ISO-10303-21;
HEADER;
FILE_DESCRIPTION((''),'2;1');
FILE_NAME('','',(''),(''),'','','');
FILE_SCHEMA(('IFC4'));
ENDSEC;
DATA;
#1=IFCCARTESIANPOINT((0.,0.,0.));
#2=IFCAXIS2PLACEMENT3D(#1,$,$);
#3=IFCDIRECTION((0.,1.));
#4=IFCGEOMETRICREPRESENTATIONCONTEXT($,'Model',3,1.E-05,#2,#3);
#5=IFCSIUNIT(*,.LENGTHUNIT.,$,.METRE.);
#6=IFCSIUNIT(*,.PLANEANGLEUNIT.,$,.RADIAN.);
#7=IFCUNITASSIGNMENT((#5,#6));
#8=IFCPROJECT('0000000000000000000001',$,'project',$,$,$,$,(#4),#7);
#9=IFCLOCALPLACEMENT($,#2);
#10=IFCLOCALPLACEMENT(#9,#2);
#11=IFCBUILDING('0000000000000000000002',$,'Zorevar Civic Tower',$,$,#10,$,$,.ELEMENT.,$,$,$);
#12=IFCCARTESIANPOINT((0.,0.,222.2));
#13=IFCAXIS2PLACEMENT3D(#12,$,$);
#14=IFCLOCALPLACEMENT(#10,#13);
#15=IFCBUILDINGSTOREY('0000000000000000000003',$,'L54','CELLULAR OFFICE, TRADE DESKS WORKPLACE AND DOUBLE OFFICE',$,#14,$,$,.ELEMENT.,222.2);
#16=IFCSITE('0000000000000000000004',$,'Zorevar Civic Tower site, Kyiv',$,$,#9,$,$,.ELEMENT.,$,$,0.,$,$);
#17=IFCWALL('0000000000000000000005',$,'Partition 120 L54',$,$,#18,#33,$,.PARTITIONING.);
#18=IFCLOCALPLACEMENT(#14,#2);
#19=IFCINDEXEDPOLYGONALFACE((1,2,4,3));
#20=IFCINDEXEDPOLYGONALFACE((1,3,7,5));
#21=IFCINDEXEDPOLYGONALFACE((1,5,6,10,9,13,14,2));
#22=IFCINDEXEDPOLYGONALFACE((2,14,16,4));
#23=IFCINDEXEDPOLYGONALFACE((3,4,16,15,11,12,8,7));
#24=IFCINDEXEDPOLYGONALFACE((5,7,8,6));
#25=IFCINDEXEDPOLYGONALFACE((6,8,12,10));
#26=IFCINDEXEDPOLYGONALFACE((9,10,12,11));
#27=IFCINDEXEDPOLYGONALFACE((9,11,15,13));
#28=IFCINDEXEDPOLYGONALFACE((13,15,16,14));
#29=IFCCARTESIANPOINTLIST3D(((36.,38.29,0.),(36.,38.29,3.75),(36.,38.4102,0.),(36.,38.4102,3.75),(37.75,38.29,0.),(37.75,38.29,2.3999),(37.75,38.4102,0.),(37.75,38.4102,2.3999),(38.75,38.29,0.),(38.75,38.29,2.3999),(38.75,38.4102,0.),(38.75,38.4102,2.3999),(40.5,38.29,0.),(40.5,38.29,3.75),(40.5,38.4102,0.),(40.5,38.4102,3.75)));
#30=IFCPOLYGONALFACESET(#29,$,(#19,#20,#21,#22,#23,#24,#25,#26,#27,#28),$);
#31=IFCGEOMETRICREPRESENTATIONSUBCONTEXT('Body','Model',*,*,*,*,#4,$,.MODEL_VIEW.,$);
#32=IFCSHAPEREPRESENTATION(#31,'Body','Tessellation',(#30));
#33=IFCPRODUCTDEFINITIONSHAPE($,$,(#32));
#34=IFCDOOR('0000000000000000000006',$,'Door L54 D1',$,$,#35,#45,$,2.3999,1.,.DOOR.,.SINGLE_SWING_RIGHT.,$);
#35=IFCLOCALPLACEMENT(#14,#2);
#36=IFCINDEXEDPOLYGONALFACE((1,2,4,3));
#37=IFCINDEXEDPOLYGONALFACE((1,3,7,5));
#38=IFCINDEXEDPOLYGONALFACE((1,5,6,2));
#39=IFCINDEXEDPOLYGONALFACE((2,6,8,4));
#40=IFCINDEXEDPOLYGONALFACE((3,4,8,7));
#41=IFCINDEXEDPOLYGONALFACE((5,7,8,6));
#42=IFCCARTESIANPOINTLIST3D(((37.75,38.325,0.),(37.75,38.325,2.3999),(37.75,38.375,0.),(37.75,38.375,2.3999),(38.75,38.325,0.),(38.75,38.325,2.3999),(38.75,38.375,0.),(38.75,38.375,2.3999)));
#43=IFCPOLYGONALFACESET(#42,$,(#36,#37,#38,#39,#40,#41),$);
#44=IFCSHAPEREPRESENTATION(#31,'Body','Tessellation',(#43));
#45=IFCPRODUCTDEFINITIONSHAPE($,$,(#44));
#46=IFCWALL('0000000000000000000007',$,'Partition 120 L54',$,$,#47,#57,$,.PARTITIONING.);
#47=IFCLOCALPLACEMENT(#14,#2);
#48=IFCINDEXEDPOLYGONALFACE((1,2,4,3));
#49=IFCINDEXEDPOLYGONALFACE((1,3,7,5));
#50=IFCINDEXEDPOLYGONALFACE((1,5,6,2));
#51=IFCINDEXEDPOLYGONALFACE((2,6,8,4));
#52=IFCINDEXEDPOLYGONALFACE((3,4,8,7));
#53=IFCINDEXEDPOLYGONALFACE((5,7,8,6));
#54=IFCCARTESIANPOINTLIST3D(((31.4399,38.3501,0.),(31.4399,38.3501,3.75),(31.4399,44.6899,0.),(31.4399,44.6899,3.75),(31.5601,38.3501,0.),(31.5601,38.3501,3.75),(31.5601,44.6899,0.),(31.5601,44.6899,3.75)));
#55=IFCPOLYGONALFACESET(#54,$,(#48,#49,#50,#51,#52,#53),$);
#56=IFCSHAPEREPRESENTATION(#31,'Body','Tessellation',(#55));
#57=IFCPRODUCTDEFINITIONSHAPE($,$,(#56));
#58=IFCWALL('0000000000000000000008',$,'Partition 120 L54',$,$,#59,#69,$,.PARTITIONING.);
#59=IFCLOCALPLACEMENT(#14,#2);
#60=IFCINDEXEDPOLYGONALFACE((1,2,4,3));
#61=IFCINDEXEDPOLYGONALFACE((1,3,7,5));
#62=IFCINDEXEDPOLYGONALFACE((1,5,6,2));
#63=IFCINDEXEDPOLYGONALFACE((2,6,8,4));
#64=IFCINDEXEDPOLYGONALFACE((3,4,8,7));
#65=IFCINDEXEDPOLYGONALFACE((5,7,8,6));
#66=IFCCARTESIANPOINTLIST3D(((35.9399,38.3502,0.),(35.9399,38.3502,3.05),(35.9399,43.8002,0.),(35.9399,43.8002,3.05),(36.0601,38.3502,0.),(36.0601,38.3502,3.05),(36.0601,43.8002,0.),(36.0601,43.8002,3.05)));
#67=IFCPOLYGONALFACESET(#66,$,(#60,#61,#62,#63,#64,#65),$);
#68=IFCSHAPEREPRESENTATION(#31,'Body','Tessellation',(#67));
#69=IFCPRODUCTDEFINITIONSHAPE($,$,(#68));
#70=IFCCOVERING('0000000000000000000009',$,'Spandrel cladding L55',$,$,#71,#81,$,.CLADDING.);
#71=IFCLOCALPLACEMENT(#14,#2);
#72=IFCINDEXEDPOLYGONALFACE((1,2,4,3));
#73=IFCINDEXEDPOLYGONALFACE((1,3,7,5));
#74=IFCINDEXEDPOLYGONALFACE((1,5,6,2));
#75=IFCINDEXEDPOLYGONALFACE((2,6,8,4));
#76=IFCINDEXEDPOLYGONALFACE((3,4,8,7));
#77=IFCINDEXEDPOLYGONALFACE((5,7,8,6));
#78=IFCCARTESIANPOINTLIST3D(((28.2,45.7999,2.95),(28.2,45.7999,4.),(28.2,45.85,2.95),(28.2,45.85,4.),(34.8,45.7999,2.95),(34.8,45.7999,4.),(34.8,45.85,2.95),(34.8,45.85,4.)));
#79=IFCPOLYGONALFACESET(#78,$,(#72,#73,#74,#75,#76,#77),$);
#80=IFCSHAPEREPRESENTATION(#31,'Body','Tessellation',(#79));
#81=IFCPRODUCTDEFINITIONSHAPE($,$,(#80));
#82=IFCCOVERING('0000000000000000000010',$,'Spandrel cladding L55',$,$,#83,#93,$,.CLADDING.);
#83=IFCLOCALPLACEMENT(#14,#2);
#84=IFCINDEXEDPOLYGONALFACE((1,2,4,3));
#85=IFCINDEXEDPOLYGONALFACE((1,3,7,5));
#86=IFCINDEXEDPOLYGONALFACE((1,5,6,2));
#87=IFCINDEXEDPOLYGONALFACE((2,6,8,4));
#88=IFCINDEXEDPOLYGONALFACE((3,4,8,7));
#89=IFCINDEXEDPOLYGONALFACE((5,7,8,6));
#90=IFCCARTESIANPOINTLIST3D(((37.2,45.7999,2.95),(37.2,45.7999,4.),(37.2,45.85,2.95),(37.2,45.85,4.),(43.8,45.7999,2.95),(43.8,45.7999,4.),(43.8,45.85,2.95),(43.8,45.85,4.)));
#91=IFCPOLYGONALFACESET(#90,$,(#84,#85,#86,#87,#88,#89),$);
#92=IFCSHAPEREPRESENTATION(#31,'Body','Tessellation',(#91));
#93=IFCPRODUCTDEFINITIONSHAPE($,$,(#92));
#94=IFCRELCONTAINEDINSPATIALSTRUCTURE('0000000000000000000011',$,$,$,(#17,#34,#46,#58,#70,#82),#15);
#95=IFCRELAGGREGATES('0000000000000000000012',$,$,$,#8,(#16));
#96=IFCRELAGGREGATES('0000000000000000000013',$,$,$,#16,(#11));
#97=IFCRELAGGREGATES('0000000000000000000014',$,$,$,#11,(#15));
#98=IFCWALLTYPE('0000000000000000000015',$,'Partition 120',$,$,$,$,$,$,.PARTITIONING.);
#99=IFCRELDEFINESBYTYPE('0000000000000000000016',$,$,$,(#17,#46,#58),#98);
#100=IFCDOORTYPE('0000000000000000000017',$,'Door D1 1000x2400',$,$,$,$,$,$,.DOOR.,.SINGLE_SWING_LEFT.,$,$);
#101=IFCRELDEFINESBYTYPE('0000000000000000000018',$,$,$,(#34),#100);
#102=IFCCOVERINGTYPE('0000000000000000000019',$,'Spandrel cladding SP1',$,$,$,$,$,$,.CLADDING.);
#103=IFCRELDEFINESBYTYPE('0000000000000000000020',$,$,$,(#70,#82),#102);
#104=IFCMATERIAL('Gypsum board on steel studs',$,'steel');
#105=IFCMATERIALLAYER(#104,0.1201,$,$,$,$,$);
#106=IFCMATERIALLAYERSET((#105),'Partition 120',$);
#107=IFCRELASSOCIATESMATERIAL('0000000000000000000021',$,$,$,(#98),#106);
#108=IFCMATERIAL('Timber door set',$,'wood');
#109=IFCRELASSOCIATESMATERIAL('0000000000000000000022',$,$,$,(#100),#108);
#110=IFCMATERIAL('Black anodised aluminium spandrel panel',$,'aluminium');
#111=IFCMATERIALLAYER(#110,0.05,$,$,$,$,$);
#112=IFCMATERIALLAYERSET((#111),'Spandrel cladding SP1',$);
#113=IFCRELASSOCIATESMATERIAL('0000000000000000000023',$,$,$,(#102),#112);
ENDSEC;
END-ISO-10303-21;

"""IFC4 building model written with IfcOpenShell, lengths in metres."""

from ifc_helpers import new_model, si_unit, direction, frame, frame_2d, origin, place, context, subcontext, project, spatial, rectangle, extrude, material, layer, layer_set, type_object, element, fill, save


model = new_model("IFC4")

# Units and contexts
model_context = context("Model", 3, precision=1e-05, world=origin(), true_north=direction((0.0, 1.0)))
body_context = subcontext(model_context, "Body", "Model", "MODEL_VIEW")
ifc_project = project(units=[si_unit("LENGTHUNIT", "METRE"), si_unit("PLANEANGLEUNIT", "RADIAN")], contexts=[model_context])

# Site, building, storey
site_placement = place(None, origin())
site = spatial("IfcSite", under=ifc_project, at=site_placement, Name="Zorevar Civic Tower site, Kyiv", CompositionType="ELEMENT", RefElevation=0.0)
building_placement = place(site_placement, origin())
building = spatial("IfcBuilding", under=site, at=building_placement, Name="Zorevar Civic Tower", CompositionType="ELEMENT")
storey_placement = place(building_placement, frame((0.0, 0.0, 222.2)))
storey = spatial("IfcBuildingStorey", under=building, at=storey_placement, Name="L54", Description="CELLULAR OFFICE, TRADE DESKS WORKPLACE AND DOUBLE OFFICE", CompositionType="ELEMENT", Elevation=222.2)

# Wall, opening, door
ifc_material_1 = material(Name="Gypsum board on steel studs", Category="steel")
ifc_layer_1 = layer(ifc_material_1, 0.1201)
ifc_layer_set_1 = layer_set([ifc_layer_1], Name="Partition 120")
wall_type = type_object("IfcWallType", Name="Partition 120", PredefinedType="PARTITIONING", material=ifc_layer_set_1)
wall_1_placement = place(storey_placement, frame((36.0, 38.3501, 0.0), z_axis=(0.0, 0.0, 1.0), x_axis=(1.0, 0.0, 0.0)))
wall_1 = element("IfcWall", 1, at=wall_1_placement, inside=storey, type_object=wall_type, Name="Partition 120 L54", PredefinedType="PARTITIONING", context=body_context, shape_type="SweptSolid", body=[
    extrude(rectangle(XDim=4.5, YDim=0.1201, at=frame_2d((2.25, 0.0))), origin(), (0.0, 0.0, 1.0), 3.75),
])
opening_placement = place(wall_1_placement, frame((1.75, 0.0, 0.0)))
opening = element("IfcOpeningElement", 2, at=opening_placement, cuts=wall_1, PredefinedType="OPENING", context=body_context, shape_type="SweptSolid", body=[
    extrude(rectangle(XDim=1.0, YDim=2.3999, at=frame_2d((0.5, 1.2))), frame((0.0, 0.0701, 0.0), z_axis=(0.0, -1.0, 0.0), x_axis=(1.0, 0.0, 0.0)), (0.0, 0.0, 1.0), 0.1401),
])
ifc_material_2 = material(Name="Timber door set", Category="wood")
door_type = type_object("IfcDoorType", Name="Door D1 1000x2400", OperationType="SINGLE_SWING_LEFT", PredefinedType="DOOR", material=ifc_material_2)
door_placement = place(opening_placement, origin())
door = element("IfcDoor", 3, at=door_placement, inside=storey, type_object=door_type, Name="Door L54 D1", OperationType="SINGLE_SWING_RIGHT", OverallHeight=2.3999, OverallWidth=1.0, PredefinedType="DOOR", context=body_context, shape_type="SweptSolid", body=[
    extrude(rectangle(XDim=1.0, YDim=2.3999, at=frame_2d((0.5, 1.2))), frame((0.0, 0.0249, 0.0), z_axis=(0.0, -1.0, 0.0), x_axis=(1.0, 0.0, 0.0)), (0.0, 0.0, 1.0), 0.05),
])
fill(opening, door)

# Walls
wall_2_placement = place(storey_placement, frame((31.5, 38.3501, 0.0), z_axis=(0.0, 0.0, 1.0), x_axis=(0.0, 1.0, 0.0)))
element("IfcWall", 4, at=wall_2_placement, inside=storey, type_object=wall_type, Name="Partition 120 L54", PredefinedType="PARTITIONING", context=body_context, shape_type="SweptSolid", body=[
    extrude(rectangle(XDim=6.3398, YDim=0.1201, at=frame_2d((3.1699, 0.0))), origin(), (0.0, 0.0, 1.0), 3.75),
])
wall_3_placement = place(storey_placement, frame((36.0, 38.3501, 0.0), z_axis=(0.0, 0.0, 1.0), x_axis=(0.0, 1.0, 0.0)))
element("IfcWall", 5, at=wall_3_placement, inside=storey, type_object=wall_type, Name="Partition 120 L54", PredefinedType="PARTITIONING", context=body_context, shape_type="SweptSolid", body=[
    extrude(rectangle(XDim=5.45, YDim=0.1201, at=frame_2d((2.7251, 0.0))), origin(), (0.0, 0.0, 1.0), 3.05),
])

# Coverings
ifc_material_3 = material(Name="Black anodised aluminium spandrel panel", Category="aluminium")
ifc_layer_2 = layer(ifc_material_3, 0.05)
ifc_layer_set_2 = layer_set([ifc_layer_2], Name="Spandrel cladding SP1")
covering_type = type_object("IfcCoveringType", Name="Spandrel cladding SP1", PredefinedType="CLADDING", material=ifc_layer_set_2)
for number, where, z_axis, x_axis, name in (
    (6, (28.2, 45.825, 2.95), (0.0, 0.0, 1.0), (1.0, 0.0, 0.0), "Spandrel cladding L55"),
    (7, (37.2, 45.825, 2.95), (0.0, 0.0, 1.0), (1.0, 0.0, 0.0), "Spandrel cladding L55"),
):
    element("IfcCovering", number, at=place(storey_placement, frame(where, z_axis=z_axis, x_axis=x_axis)), inside=storey, type_object=covering_type, Name=name, PredefinedType="CLADDING", context=body_context, shape_type="SweptSolid", body=[
        extrude(rectangle(XDim=6.6001, YDim=0.05, at=frame_2d((3.3, 0.0))), origin(), (0.0, 0.0, 1.0), 1.05),
    ])

save(model, "model.ifc")
